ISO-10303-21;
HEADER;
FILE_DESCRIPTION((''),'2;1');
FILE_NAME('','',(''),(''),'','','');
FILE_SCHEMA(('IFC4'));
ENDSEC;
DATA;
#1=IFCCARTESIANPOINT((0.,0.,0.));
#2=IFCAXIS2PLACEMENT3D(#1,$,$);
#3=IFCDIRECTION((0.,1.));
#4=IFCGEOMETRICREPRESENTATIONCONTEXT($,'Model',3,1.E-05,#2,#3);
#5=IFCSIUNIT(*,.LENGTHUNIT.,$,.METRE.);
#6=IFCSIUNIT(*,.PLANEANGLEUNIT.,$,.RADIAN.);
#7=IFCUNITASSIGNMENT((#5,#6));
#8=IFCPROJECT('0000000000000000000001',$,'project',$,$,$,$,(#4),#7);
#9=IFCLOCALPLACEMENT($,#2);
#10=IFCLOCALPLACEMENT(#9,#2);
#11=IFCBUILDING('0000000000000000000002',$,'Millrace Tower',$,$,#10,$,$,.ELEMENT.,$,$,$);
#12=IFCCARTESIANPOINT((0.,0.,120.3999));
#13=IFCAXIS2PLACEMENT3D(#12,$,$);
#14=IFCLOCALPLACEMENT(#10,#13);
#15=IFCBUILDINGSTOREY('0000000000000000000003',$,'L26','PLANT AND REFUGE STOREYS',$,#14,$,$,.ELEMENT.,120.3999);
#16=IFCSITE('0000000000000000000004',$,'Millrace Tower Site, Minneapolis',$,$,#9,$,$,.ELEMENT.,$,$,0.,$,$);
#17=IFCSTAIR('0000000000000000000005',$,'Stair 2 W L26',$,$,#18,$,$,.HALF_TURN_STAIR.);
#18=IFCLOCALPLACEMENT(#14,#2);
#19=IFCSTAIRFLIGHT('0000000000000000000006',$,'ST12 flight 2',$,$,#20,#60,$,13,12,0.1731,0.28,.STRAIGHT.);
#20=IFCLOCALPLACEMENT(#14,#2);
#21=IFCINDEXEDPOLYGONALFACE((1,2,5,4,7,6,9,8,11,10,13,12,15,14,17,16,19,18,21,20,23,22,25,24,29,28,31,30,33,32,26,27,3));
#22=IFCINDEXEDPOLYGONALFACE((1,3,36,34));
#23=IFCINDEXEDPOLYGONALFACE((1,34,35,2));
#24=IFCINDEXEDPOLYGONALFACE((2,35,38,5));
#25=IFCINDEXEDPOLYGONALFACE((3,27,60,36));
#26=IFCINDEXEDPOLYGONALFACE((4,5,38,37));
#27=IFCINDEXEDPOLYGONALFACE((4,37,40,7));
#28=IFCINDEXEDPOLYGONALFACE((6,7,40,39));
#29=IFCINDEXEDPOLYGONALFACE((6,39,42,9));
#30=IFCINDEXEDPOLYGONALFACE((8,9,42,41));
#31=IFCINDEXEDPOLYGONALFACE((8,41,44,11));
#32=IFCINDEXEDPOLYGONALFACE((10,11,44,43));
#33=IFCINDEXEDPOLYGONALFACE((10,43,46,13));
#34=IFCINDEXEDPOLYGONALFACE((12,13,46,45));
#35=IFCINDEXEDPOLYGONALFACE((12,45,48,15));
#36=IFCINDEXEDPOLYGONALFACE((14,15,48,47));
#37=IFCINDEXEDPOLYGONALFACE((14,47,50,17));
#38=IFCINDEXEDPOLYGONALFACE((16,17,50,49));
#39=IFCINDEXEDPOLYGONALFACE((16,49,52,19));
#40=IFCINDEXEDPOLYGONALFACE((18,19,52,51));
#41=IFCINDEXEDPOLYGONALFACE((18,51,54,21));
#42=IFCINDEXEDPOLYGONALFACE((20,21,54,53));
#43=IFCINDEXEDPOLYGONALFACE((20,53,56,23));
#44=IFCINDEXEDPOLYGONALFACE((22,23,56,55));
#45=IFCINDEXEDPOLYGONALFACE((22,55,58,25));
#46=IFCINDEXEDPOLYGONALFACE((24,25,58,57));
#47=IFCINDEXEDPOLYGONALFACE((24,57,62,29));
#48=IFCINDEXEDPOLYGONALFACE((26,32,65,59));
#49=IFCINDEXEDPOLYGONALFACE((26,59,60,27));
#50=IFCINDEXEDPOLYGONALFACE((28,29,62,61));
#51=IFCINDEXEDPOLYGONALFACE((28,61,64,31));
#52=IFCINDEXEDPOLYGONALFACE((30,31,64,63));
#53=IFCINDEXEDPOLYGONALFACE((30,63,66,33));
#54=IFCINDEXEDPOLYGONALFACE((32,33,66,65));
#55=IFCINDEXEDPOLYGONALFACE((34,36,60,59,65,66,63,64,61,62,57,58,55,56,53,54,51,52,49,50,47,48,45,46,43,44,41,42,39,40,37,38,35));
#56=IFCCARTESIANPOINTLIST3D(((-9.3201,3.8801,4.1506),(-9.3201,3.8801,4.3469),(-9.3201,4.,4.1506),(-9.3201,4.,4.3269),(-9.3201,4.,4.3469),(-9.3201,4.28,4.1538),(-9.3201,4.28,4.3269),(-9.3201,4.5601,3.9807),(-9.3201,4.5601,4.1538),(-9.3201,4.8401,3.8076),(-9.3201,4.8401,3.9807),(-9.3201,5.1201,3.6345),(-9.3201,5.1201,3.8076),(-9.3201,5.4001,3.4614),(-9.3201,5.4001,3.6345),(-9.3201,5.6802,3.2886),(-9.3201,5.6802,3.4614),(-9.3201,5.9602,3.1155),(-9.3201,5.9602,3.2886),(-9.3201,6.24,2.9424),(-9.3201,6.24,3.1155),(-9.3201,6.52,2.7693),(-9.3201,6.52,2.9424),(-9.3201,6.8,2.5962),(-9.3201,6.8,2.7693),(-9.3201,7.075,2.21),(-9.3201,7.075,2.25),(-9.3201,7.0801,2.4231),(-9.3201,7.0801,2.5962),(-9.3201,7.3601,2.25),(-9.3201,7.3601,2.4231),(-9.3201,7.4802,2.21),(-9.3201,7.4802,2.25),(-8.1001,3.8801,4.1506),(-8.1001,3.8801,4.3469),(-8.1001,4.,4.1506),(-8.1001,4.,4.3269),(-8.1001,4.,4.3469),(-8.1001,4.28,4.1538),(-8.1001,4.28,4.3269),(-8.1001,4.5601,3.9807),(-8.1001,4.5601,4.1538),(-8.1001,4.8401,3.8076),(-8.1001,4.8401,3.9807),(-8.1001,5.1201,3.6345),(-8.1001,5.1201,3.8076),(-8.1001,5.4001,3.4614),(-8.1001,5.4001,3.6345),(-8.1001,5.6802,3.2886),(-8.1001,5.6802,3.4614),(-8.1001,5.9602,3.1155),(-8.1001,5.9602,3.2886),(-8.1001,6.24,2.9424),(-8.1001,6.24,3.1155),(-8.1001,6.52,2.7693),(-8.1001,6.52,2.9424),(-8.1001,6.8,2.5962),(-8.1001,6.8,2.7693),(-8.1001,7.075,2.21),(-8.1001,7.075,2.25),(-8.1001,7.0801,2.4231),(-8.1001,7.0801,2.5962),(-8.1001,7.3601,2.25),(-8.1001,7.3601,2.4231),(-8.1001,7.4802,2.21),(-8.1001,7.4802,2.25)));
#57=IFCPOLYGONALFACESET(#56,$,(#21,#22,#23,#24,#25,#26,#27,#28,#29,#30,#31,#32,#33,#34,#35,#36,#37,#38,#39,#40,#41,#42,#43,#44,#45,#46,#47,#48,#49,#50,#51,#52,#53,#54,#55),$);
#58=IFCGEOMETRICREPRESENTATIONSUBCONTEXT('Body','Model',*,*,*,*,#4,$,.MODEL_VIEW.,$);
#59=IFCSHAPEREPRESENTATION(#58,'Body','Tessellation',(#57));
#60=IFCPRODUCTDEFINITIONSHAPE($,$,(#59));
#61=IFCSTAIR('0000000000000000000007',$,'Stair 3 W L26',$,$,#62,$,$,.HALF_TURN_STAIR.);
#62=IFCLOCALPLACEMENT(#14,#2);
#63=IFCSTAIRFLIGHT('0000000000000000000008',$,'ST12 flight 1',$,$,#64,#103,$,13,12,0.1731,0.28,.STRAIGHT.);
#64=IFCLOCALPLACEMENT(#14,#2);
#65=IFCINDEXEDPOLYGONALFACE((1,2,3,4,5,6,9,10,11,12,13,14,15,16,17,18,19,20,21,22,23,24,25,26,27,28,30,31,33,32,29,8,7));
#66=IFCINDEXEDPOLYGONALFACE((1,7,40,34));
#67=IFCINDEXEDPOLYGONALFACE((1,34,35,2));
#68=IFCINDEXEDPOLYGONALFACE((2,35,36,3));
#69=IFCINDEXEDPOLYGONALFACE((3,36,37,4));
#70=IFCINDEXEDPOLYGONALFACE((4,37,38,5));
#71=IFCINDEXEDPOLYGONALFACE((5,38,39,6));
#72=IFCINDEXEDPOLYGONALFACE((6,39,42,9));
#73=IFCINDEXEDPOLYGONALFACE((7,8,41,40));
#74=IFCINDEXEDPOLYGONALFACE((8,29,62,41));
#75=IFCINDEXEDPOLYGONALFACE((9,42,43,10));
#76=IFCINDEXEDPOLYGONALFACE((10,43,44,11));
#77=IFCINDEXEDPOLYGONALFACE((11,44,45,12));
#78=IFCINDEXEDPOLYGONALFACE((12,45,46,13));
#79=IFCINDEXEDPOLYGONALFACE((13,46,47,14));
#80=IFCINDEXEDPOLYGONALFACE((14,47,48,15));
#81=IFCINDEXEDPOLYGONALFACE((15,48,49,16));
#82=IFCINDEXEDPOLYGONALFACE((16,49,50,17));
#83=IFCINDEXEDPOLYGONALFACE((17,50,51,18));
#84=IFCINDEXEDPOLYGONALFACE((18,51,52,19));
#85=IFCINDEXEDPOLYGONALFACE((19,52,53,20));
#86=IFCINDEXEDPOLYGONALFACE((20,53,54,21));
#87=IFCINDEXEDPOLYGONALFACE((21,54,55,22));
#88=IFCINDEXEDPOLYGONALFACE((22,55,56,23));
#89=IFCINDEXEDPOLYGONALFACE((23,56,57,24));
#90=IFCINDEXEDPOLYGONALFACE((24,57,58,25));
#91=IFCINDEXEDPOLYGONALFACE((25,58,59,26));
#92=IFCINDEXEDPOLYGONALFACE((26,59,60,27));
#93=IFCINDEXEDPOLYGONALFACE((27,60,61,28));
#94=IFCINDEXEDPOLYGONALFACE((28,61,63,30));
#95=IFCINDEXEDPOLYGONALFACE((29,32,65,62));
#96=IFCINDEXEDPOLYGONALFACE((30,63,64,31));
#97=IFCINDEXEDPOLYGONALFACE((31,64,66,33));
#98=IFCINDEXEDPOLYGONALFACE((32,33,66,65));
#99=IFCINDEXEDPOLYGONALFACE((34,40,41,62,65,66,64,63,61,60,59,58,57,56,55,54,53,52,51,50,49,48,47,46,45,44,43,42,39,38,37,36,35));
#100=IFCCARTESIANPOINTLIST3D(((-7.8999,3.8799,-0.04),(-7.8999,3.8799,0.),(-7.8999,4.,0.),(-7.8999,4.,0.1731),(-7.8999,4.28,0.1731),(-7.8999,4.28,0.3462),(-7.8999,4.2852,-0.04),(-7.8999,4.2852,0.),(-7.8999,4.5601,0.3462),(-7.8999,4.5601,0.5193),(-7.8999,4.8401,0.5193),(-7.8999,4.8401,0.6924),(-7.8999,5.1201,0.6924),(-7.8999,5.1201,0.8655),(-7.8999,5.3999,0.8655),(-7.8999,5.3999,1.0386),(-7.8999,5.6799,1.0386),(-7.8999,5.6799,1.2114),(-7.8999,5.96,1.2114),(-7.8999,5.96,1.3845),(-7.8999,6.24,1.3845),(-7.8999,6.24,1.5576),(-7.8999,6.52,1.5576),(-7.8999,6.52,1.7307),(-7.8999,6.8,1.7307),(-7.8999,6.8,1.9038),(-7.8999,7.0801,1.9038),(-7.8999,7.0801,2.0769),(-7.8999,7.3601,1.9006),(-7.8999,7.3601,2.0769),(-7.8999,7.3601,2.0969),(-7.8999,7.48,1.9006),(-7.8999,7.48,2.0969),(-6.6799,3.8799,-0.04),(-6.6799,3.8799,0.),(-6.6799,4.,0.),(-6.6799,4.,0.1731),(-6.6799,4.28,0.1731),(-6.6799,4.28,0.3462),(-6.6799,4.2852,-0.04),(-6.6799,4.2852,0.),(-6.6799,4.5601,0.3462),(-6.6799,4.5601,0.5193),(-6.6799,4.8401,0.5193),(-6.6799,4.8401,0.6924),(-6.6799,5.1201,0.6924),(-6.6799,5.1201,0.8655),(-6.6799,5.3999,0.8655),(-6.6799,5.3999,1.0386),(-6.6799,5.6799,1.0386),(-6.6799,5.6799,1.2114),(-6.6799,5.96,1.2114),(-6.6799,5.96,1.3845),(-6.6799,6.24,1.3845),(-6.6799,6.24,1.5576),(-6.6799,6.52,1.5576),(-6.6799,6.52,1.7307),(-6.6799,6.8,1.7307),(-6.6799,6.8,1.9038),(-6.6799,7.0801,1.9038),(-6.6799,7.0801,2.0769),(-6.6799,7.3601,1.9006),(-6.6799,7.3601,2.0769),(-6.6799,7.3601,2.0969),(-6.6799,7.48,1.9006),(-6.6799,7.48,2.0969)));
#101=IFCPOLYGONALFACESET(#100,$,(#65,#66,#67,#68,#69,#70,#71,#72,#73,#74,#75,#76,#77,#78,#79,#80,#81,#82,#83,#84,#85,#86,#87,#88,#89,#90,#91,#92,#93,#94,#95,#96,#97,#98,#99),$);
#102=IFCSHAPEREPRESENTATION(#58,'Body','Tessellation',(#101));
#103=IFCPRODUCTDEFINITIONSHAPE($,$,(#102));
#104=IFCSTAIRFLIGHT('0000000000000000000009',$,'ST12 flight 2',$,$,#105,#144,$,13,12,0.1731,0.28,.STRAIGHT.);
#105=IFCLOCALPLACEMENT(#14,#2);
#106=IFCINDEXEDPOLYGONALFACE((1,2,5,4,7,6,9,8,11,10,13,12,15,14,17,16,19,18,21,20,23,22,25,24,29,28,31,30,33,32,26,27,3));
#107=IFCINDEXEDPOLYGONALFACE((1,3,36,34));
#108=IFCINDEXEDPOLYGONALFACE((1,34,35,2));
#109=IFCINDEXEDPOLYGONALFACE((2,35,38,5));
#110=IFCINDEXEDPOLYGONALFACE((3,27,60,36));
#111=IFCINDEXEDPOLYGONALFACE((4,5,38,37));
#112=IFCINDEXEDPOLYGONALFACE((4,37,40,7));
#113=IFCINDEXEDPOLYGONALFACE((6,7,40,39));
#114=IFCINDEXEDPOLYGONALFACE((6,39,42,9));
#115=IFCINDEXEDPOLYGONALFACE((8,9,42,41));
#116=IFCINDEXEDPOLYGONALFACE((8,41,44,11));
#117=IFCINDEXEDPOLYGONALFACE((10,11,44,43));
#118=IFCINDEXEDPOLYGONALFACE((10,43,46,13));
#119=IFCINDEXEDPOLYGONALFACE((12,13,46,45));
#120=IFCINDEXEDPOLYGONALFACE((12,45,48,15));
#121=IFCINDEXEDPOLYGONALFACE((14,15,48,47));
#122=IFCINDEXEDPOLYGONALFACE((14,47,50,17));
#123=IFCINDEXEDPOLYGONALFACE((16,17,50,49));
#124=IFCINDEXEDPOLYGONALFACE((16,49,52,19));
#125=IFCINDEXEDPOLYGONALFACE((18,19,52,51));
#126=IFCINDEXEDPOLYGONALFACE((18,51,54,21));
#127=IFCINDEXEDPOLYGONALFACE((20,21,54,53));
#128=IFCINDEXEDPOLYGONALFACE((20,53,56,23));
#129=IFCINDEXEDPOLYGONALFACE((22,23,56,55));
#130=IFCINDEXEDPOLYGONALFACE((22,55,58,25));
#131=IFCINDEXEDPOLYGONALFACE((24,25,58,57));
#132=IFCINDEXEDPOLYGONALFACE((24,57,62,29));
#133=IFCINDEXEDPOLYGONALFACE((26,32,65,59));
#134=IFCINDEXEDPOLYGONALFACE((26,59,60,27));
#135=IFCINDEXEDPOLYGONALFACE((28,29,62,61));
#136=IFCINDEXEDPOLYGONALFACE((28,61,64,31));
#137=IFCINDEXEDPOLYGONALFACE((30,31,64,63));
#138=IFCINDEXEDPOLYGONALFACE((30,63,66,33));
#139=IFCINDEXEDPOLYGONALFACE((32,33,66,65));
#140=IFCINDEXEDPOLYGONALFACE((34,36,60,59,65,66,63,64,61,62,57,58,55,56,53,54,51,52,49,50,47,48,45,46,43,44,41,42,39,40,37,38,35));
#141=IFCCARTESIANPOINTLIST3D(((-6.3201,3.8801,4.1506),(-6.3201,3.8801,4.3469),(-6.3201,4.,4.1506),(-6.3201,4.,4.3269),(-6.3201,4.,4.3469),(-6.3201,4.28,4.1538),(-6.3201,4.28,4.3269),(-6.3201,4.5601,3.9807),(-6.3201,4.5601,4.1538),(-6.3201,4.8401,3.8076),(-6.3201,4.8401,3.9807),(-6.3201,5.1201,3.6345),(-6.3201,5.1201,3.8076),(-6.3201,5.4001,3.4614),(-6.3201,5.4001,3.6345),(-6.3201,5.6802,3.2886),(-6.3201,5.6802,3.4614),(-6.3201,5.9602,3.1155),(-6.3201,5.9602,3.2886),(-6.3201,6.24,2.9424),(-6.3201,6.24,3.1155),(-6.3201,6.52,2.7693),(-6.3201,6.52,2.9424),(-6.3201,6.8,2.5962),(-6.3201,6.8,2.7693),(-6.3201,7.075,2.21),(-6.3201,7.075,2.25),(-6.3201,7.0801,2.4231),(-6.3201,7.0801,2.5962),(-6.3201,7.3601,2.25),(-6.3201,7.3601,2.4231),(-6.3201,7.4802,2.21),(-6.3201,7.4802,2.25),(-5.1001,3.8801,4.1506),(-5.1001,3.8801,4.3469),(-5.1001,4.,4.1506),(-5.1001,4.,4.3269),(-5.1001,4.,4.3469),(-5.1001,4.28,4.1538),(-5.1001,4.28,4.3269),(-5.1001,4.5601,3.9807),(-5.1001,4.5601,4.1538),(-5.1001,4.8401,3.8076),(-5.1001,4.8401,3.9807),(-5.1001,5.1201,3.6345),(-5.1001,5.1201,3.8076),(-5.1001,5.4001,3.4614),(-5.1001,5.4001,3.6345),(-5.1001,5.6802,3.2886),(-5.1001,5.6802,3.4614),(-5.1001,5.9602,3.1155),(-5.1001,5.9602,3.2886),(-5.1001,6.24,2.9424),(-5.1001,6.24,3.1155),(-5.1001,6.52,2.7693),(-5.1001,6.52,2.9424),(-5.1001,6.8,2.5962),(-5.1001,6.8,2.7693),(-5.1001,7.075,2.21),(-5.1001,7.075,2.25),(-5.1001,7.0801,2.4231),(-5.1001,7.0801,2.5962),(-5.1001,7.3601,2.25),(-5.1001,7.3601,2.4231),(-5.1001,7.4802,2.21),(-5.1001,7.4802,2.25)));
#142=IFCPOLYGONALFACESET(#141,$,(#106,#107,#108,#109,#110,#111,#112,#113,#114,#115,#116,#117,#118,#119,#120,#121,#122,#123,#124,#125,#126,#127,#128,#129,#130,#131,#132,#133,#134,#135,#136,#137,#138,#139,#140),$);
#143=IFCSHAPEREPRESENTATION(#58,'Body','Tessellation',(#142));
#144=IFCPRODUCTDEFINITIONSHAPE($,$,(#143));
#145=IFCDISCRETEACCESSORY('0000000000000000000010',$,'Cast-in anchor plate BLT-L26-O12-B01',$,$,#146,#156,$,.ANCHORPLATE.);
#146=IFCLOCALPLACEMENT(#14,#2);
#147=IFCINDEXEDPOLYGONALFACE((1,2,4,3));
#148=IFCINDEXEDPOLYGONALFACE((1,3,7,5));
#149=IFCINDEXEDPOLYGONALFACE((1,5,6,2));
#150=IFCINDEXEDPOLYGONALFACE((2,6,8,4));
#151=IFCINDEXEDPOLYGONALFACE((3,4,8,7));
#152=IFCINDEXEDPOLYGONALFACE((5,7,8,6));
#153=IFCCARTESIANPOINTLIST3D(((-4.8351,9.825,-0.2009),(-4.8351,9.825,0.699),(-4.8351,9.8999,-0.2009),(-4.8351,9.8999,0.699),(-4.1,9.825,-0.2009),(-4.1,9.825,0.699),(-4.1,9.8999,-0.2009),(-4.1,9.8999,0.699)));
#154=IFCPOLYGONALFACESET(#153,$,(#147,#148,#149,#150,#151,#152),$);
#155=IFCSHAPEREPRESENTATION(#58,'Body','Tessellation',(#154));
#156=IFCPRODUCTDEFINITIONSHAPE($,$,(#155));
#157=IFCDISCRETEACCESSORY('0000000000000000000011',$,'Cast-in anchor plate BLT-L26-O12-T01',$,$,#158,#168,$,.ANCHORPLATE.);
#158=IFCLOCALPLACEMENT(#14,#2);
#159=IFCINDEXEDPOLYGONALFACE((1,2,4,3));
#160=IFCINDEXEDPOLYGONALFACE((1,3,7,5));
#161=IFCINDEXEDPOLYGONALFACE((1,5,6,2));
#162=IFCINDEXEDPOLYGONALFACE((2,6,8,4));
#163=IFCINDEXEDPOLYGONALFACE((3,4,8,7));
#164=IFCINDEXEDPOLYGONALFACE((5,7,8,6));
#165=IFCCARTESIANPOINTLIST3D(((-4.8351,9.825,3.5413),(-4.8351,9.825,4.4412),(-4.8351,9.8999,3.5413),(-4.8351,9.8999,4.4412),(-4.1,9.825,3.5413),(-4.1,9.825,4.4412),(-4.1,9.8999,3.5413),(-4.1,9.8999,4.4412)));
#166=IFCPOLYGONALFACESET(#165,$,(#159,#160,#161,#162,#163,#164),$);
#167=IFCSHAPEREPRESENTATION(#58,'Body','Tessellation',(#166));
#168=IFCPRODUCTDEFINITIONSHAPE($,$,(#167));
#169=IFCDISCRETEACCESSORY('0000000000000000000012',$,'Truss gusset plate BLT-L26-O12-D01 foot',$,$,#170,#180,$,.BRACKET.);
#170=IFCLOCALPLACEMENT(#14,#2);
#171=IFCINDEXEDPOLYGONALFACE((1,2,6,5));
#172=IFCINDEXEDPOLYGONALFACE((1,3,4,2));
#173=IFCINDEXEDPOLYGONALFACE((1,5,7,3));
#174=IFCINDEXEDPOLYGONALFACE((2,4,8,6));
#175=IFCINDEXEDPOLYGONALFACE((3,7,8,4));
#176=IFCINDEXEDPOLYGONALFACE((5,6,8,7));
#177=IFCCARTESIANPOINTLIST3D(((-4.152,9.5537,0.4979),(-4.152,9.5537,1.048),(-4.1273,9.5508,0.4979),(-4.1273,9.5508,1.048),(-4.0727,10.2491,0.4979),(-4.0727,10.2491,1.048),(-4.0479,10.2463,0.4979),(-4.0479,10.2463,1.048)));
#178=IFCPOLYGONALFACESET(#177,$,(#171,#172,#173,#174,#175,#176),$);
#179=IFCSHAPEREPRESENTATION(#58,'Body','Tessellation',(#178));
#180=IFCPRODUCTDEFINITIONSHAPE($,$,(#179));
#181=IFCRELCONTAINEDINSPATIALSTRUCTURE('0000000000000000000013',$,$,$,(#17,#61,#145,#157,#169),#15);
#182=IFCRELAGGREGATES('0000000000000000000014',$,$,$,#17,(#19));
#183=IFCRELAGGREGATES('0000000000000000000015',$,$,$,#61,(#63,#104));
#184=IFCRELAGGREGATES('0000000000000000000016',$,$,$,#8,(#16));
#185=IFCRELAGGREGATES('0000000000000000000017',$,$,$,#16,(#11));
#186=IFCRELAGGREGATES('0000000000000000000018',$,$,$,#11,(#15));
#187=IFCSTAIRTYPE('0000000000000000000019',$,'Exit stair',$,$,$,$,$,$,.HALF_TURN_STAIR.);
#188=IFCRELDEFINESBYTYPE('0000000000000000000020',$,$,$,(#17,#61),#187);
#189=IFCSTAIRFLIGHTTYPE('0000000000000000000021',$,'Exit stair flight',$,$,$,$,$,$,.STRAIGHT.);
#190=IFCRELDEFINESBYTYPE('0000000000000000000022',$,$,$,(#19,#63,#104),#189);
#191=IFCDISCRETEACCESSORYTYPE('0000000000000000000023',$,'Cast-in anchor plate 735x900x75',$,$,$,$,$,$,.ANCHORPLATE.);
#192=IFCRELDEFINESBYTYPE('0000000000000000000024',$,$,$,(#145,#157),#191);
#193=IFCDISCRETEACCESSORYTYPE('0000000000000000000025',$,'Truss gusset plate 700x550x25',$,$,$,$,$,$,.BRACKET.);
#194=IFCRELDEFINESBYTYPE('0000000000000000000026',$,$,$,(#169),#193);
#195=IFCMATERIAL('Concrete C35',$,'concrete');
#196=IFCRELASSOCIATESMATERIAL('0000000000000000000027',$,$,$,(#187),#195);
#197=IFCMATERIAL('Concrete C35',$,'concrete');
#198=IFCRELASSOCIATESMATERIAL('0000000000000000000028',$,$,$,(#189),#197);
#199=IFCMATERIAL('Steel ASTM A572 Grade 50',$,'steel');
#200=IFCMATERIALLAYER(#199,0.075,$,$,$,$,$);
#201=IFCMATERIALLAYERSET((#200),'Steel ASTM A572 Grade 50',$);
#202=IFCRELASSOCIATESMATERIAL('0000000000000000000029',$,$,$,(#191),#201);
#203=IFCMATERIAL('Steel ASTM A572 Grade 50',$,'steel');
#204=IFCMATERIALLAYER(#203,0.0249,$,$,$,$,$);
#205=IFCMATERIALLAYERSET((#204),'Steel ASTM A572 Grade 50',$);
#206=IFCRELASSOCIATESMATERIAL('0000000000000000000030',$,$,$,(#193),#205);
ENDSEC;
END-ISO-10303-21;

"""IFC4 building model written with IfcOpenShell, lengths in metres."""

from ifc_helpers import new_model, si_unit, direction, frame, origin, origin_2d, place, context, subcontext, project, spatial, polyline, rectangle, outline, extrude, material, layer, layer_set, type_object, element, aggregate, save


model = new_model("IFC4")

# Units and contexts
model_context = context("Model", 3, precision=1e-05, world=origin(), true_north=direction((0.0, 1.0)))
body_context = subcontext(model_context, "Body", "Model", "MODEL_VIEW")
ifc_project = project(units=[si_unit("LENGTHUNIT", "METRE"), si_unit("PLANEANGLEUNIT", "RADIAN")], contexts=[model_context])

# Site, building, storey
site_placement = place(None, origin())
site = spatial("IfcSite", under=ifc_project, at=site_placement, Name="Millrace Tower Site, Minneapolis", CompositionType="ELEMENT", RefElevation=0.0)
building_placement = place(site_placement, origin())
building = spatial("IfcBuilding", under=site, at=building_placement, Name="Millrace Tower", CompositionType="ELEMENT")
storey_placement = place(building_placement, frame((0.0, 0.0, 120.3999)))
storey = spatial("IfcBuildingStorey", under=building, at=storey_placement, Name="L26", Description="PLANT AND REFUGE STOREYS", CompositionType="ELEMENT", Elevation=120.3999)

# Stair, stair flight
ifc_material_1 = material(Name="Concrete C35", Category="concrete")
stair_type = type_object("IfcStairType", Name="Exit stair", PredefinedType="HALF_TURN_STAIR", material=ifc_material_1)
placement = place(storey_placement, origin())
ifc_material_2 = material(Name="Concrete C35", Category="concrete")
stair_flight_type = type_object("IfcStairFlightType", Name="Exit stair flight", PredefinedType="STRAIGHT", material=ifc_material_2)
stair_1 = element("IfcStair", 1, at=placement, inside=storey, type_object=stair_type, Name="Stair 2 W L26", PredefinedType="HALF_TURN_STAIR")
stair_flight_1_placement = place(storey_placement, frame((-8.71, 7.3601, 2.25), z_axis=(0.0, 0.0, 1.0), x_axis=(0.0, -1.0, 0.0)))
stair_flight_1 = element("IfcStairFlight", 2, at=stair_flight_1_placement, type_object=stair_flight_type, Name="ST12 flight 2", NumberOfRisers=13, NumberOfTreads=12, PredefinedType="STRAIGHT", RiserHeight=0.1731, TreadLength=0.28, context=body_context, shape_type="SweptSolid", body=[
    extrude(outline(polyline([(-0.1201, -0.04), (-0.1201, 0.0), (0.0, 0.0), (0.0, 0.1731), (0.28, 0.1731), (0.28, 0.3462), (0.5601, 0.3462), (0.5601, 0.5193), (0.8401, 0.5193), (0.8401, 0.6924), (1.1201, 0.6924), (1.1201, 0.8655), (1.3999, 0.8655), (1.3999, 1.0386), (1.6799, 1.0386), (1.6799, 1.2114), (1.96, 1.2114), (1.96, 1.3845), (2.24, 1.3845), (2.24, 1.5576), (2.52, 1.5576), (2.52, 1.7307), (2.8, 1.7307), (2.8, 1.9038), (3.0801, 1.9038), (3.0801, 2.0769), (3.3601, 2.0769), (3.3601, 2.0969), (3.48, 2.0969), (3.48, 1.9006), (3.3601, 1.9006), (0.2852, 0.0), (0.2852, -0.04), (-0.1201, -0.04)])), frame((0.0, 0.6099, 0.0), z_axis=(0.0, -1.0, 0.0), x_axis=(1.0, 0.0, 0.0)), (0.0, 0.0, 1.0), 1.22),
])
aggregate(stair_1, [stair_flight_1])

# Stair, stair flights
stair_2 = element("IfcStair", 3, at=placement, inside=storey, type_object=stair_type, Name="Stair 3 W L26", PredefinedType="HALF_TURN_STAIR")
stair_flight_2_placement = place(storey_placement, frame((-7.29, 4.0, 0.0), z_axis=(0.0, 0.0, 1.0), x_axis=(0.0, 1.0, 0.0)))
stair_flight_2 = element("IfcStairFlight", 4, at=stair_flight_2_placement, type_object=stair_flight_type, Name="ST12 flight 1", NumberOfRisers=13, NumberOfTreads=12, PredefinedType="STRAIGHT", RiserHeight=0.1731, TreadLength=0.28, context=body_context, shape_type="SweptSolid", body=[
    extrude(outline(polyline([(-0.1201, -0.04), (-0.1201, 0.0), (0.0, 0.0), (0.0, 0.1731), (0.28, 0.1731), (0.28, 0.3462), (0.5601, 0.3462), (0.5601, 0.5193), (0.8401, 0.5193), (0.8401, 0.6924), (1.1201, 0.6924), (1.1201, 0.8655), (1.3999, 0.8655), (1.3999, 1.0386), (1.6799, 1.0386), (1.6799, 1.2114), (1.96, 1.2114), (1.96, 1.3845), (2.24, 1.3845), (2.24, 1.5576), (2.52, 1.5576), (2.52, 1.7307), (2.8, 1.7307), (2.8, 1.9038), (3.0801, 1.9038), (3.0801, 2.0769), (3.3601, 2.0769), (3.3601, 2.0969), (3.48, 2.0969), (3.48, 1.9006), (3.3601, 1.9006), (0.2852, 0.0), (0.2852, -0.04), (-0.1201, -0.04)])), frame((0.0, 0.6099, 0.0), z_axis=(0.0, -1.0, 0.0), x_axis=(1.0, 0.0, 0.0)), (0.0, 0.0, 1.0), 1.22),
])
stair_flight_3_placement = place(storey_placement, frame((-5.71, 7.3601, 2.25), z_axis=(0.0, 0.0, 1.0), x_axis=(0.0, -1.0, 0.0)))
stair_flight_3 = element("IfcStairFlight", 5, at=stair_flight_3_placement, type_object=stair_flight_type, Name="ST12 flight 2", NumberOfRisers=13, NumberOfTreads=12, PredefinedType="STRAIGHT", RiserHeight=0.1731, TreadLength=0.28, context=body_context, shape_type="SweptSolid", body=[
    extrude(outline(polyline([(-0.1201, -0.04), (-0.1201, 0.0), (0.0, 0.0), (0.0, 0.1731), (0.28, 0.1731), (0.28, 0.3462), (0.5601, 0.3462), (0.5601, 0.5193), (0.8401, 0.5193), (0.8401, 0.6924), (1.1201, 0.6924), (1.1201, 0.8655), (1.3999, 0.8655), (1.3999, 1.0386), (1.6799, 1.0386), (1.6799, 1.2114), (1.96, 1.2114), (1.96, 1.3845), (2.24, 1.3845), (2.24, 1.5576), (2.52, 1.5576), (2.52, 1.7307), (2.8, 1.7307), (2.8, 1.9038), (3.0801, 1.9038), (3.0801, 2.0769), (3.3601, 2.0769), (3.3601, 2.0969), (3.48, 2.0969), (3.48, 1.9006), (3.3601, 1.9006), (0.2852, 0.0), (0.2852, -0.04), (-0.1201, -0.04)])), frame((0.0, 0.6099, 0.0), z_axis=(0.0, -1.0, 0.0), x_axis=(1.0, 0.0, 0.0)), (0.0, 0.0, 1.0), 1.22),
])
aggregate(stair_2, [stair_flight_2, stair_flight_3])

# Discrete accessories
ifc_material_3 = material(Name="Steel ASTM A572 Grade 50", Category="steel")
ifc_layer_1 = layer(ifc_material_3, 0.075)
ifc_layer_set_1 = layer_set([ifc_layer_1], Name="Steel ASTM A572 Grade 50")
discrete_accessory_type_1 = type_object("IfcDiscreteAccessoryType", Name="Cast-in anchor plate 735x900x75", PredefinedType="ANCHORPLATE", material=ifc_layer_set_1)
for number, where, z_axis, x_axis, name in (
    (6, (-4.4675, 9.825, 0.249), (0.0, 1.0, 0.0), (-1.0, 0.0, 0.0), "Cast-in anchor plate BLT-L26-O12-B01"),
    (7, (-4.4675, 9.825, 3.9912), (0.0, 1.0, 0.0), (-1.0, 0.0, 0.0), "Cast-in anchor plate BLT-L26-O12-T01"),
):
    element("IfcDiscreteAccessory", number, at=place(storey_placement, frame(where, z_axis=z_axis, x_axis=x_axis)), inside=storey, type_object=discrete_accessory_type_1, Name=name, PredefinedType="ANCHORPLATE", context=body_context, shape_type="SweptSolid", body=[
        extrude(rectangle(XDim=0.7351, YDim=0.8999, at=origin_2d()), origin(), (0.0, 0.0, 1.0), 0.075),
    ])
ifc_material_4 = material(Name="Steel ASTM A572 Grade 50", Category="steel")
ifc_layer_2 = layer(ifc_material_4, 0.0249)
ifc_layer_set_2 = layer_set([ifc_layer_2], Name="Steel ASTM A572 Grade 50")
discrete_accessory_type_2 = type_object("IfcDiscreteAccessoryType", Name="Truss gusset plate 700x550x25", PredefinedType="BRACKET", material=ifc_layer_set_2)
discrete_accessory_1_placement = place(storey_placement, frame((-4.1396, 9.5522, 0.7729), z_axis=(0.11334, 0.993556, 0.0), x_axis=(-0.993556, 0.11334, 0.0)))
element("IfcDiscreteAccessory", 8, at=discrete_accessory_1_placement, inside=storey, type_object=discrete_accessory_type_2, Name="Truss gusset plate BLT-L26-O12-D01 foot", PredefinedType="BRACKET", context=body_context, shape_type="SweptSolid", body=[
    extrude(rectangle(XDim=0.0249, YDim=0.55, at=origin_2d()), origin(), (0.0, 0.0, 1.0), 0.7),
])

save(model, "model.ifc")
